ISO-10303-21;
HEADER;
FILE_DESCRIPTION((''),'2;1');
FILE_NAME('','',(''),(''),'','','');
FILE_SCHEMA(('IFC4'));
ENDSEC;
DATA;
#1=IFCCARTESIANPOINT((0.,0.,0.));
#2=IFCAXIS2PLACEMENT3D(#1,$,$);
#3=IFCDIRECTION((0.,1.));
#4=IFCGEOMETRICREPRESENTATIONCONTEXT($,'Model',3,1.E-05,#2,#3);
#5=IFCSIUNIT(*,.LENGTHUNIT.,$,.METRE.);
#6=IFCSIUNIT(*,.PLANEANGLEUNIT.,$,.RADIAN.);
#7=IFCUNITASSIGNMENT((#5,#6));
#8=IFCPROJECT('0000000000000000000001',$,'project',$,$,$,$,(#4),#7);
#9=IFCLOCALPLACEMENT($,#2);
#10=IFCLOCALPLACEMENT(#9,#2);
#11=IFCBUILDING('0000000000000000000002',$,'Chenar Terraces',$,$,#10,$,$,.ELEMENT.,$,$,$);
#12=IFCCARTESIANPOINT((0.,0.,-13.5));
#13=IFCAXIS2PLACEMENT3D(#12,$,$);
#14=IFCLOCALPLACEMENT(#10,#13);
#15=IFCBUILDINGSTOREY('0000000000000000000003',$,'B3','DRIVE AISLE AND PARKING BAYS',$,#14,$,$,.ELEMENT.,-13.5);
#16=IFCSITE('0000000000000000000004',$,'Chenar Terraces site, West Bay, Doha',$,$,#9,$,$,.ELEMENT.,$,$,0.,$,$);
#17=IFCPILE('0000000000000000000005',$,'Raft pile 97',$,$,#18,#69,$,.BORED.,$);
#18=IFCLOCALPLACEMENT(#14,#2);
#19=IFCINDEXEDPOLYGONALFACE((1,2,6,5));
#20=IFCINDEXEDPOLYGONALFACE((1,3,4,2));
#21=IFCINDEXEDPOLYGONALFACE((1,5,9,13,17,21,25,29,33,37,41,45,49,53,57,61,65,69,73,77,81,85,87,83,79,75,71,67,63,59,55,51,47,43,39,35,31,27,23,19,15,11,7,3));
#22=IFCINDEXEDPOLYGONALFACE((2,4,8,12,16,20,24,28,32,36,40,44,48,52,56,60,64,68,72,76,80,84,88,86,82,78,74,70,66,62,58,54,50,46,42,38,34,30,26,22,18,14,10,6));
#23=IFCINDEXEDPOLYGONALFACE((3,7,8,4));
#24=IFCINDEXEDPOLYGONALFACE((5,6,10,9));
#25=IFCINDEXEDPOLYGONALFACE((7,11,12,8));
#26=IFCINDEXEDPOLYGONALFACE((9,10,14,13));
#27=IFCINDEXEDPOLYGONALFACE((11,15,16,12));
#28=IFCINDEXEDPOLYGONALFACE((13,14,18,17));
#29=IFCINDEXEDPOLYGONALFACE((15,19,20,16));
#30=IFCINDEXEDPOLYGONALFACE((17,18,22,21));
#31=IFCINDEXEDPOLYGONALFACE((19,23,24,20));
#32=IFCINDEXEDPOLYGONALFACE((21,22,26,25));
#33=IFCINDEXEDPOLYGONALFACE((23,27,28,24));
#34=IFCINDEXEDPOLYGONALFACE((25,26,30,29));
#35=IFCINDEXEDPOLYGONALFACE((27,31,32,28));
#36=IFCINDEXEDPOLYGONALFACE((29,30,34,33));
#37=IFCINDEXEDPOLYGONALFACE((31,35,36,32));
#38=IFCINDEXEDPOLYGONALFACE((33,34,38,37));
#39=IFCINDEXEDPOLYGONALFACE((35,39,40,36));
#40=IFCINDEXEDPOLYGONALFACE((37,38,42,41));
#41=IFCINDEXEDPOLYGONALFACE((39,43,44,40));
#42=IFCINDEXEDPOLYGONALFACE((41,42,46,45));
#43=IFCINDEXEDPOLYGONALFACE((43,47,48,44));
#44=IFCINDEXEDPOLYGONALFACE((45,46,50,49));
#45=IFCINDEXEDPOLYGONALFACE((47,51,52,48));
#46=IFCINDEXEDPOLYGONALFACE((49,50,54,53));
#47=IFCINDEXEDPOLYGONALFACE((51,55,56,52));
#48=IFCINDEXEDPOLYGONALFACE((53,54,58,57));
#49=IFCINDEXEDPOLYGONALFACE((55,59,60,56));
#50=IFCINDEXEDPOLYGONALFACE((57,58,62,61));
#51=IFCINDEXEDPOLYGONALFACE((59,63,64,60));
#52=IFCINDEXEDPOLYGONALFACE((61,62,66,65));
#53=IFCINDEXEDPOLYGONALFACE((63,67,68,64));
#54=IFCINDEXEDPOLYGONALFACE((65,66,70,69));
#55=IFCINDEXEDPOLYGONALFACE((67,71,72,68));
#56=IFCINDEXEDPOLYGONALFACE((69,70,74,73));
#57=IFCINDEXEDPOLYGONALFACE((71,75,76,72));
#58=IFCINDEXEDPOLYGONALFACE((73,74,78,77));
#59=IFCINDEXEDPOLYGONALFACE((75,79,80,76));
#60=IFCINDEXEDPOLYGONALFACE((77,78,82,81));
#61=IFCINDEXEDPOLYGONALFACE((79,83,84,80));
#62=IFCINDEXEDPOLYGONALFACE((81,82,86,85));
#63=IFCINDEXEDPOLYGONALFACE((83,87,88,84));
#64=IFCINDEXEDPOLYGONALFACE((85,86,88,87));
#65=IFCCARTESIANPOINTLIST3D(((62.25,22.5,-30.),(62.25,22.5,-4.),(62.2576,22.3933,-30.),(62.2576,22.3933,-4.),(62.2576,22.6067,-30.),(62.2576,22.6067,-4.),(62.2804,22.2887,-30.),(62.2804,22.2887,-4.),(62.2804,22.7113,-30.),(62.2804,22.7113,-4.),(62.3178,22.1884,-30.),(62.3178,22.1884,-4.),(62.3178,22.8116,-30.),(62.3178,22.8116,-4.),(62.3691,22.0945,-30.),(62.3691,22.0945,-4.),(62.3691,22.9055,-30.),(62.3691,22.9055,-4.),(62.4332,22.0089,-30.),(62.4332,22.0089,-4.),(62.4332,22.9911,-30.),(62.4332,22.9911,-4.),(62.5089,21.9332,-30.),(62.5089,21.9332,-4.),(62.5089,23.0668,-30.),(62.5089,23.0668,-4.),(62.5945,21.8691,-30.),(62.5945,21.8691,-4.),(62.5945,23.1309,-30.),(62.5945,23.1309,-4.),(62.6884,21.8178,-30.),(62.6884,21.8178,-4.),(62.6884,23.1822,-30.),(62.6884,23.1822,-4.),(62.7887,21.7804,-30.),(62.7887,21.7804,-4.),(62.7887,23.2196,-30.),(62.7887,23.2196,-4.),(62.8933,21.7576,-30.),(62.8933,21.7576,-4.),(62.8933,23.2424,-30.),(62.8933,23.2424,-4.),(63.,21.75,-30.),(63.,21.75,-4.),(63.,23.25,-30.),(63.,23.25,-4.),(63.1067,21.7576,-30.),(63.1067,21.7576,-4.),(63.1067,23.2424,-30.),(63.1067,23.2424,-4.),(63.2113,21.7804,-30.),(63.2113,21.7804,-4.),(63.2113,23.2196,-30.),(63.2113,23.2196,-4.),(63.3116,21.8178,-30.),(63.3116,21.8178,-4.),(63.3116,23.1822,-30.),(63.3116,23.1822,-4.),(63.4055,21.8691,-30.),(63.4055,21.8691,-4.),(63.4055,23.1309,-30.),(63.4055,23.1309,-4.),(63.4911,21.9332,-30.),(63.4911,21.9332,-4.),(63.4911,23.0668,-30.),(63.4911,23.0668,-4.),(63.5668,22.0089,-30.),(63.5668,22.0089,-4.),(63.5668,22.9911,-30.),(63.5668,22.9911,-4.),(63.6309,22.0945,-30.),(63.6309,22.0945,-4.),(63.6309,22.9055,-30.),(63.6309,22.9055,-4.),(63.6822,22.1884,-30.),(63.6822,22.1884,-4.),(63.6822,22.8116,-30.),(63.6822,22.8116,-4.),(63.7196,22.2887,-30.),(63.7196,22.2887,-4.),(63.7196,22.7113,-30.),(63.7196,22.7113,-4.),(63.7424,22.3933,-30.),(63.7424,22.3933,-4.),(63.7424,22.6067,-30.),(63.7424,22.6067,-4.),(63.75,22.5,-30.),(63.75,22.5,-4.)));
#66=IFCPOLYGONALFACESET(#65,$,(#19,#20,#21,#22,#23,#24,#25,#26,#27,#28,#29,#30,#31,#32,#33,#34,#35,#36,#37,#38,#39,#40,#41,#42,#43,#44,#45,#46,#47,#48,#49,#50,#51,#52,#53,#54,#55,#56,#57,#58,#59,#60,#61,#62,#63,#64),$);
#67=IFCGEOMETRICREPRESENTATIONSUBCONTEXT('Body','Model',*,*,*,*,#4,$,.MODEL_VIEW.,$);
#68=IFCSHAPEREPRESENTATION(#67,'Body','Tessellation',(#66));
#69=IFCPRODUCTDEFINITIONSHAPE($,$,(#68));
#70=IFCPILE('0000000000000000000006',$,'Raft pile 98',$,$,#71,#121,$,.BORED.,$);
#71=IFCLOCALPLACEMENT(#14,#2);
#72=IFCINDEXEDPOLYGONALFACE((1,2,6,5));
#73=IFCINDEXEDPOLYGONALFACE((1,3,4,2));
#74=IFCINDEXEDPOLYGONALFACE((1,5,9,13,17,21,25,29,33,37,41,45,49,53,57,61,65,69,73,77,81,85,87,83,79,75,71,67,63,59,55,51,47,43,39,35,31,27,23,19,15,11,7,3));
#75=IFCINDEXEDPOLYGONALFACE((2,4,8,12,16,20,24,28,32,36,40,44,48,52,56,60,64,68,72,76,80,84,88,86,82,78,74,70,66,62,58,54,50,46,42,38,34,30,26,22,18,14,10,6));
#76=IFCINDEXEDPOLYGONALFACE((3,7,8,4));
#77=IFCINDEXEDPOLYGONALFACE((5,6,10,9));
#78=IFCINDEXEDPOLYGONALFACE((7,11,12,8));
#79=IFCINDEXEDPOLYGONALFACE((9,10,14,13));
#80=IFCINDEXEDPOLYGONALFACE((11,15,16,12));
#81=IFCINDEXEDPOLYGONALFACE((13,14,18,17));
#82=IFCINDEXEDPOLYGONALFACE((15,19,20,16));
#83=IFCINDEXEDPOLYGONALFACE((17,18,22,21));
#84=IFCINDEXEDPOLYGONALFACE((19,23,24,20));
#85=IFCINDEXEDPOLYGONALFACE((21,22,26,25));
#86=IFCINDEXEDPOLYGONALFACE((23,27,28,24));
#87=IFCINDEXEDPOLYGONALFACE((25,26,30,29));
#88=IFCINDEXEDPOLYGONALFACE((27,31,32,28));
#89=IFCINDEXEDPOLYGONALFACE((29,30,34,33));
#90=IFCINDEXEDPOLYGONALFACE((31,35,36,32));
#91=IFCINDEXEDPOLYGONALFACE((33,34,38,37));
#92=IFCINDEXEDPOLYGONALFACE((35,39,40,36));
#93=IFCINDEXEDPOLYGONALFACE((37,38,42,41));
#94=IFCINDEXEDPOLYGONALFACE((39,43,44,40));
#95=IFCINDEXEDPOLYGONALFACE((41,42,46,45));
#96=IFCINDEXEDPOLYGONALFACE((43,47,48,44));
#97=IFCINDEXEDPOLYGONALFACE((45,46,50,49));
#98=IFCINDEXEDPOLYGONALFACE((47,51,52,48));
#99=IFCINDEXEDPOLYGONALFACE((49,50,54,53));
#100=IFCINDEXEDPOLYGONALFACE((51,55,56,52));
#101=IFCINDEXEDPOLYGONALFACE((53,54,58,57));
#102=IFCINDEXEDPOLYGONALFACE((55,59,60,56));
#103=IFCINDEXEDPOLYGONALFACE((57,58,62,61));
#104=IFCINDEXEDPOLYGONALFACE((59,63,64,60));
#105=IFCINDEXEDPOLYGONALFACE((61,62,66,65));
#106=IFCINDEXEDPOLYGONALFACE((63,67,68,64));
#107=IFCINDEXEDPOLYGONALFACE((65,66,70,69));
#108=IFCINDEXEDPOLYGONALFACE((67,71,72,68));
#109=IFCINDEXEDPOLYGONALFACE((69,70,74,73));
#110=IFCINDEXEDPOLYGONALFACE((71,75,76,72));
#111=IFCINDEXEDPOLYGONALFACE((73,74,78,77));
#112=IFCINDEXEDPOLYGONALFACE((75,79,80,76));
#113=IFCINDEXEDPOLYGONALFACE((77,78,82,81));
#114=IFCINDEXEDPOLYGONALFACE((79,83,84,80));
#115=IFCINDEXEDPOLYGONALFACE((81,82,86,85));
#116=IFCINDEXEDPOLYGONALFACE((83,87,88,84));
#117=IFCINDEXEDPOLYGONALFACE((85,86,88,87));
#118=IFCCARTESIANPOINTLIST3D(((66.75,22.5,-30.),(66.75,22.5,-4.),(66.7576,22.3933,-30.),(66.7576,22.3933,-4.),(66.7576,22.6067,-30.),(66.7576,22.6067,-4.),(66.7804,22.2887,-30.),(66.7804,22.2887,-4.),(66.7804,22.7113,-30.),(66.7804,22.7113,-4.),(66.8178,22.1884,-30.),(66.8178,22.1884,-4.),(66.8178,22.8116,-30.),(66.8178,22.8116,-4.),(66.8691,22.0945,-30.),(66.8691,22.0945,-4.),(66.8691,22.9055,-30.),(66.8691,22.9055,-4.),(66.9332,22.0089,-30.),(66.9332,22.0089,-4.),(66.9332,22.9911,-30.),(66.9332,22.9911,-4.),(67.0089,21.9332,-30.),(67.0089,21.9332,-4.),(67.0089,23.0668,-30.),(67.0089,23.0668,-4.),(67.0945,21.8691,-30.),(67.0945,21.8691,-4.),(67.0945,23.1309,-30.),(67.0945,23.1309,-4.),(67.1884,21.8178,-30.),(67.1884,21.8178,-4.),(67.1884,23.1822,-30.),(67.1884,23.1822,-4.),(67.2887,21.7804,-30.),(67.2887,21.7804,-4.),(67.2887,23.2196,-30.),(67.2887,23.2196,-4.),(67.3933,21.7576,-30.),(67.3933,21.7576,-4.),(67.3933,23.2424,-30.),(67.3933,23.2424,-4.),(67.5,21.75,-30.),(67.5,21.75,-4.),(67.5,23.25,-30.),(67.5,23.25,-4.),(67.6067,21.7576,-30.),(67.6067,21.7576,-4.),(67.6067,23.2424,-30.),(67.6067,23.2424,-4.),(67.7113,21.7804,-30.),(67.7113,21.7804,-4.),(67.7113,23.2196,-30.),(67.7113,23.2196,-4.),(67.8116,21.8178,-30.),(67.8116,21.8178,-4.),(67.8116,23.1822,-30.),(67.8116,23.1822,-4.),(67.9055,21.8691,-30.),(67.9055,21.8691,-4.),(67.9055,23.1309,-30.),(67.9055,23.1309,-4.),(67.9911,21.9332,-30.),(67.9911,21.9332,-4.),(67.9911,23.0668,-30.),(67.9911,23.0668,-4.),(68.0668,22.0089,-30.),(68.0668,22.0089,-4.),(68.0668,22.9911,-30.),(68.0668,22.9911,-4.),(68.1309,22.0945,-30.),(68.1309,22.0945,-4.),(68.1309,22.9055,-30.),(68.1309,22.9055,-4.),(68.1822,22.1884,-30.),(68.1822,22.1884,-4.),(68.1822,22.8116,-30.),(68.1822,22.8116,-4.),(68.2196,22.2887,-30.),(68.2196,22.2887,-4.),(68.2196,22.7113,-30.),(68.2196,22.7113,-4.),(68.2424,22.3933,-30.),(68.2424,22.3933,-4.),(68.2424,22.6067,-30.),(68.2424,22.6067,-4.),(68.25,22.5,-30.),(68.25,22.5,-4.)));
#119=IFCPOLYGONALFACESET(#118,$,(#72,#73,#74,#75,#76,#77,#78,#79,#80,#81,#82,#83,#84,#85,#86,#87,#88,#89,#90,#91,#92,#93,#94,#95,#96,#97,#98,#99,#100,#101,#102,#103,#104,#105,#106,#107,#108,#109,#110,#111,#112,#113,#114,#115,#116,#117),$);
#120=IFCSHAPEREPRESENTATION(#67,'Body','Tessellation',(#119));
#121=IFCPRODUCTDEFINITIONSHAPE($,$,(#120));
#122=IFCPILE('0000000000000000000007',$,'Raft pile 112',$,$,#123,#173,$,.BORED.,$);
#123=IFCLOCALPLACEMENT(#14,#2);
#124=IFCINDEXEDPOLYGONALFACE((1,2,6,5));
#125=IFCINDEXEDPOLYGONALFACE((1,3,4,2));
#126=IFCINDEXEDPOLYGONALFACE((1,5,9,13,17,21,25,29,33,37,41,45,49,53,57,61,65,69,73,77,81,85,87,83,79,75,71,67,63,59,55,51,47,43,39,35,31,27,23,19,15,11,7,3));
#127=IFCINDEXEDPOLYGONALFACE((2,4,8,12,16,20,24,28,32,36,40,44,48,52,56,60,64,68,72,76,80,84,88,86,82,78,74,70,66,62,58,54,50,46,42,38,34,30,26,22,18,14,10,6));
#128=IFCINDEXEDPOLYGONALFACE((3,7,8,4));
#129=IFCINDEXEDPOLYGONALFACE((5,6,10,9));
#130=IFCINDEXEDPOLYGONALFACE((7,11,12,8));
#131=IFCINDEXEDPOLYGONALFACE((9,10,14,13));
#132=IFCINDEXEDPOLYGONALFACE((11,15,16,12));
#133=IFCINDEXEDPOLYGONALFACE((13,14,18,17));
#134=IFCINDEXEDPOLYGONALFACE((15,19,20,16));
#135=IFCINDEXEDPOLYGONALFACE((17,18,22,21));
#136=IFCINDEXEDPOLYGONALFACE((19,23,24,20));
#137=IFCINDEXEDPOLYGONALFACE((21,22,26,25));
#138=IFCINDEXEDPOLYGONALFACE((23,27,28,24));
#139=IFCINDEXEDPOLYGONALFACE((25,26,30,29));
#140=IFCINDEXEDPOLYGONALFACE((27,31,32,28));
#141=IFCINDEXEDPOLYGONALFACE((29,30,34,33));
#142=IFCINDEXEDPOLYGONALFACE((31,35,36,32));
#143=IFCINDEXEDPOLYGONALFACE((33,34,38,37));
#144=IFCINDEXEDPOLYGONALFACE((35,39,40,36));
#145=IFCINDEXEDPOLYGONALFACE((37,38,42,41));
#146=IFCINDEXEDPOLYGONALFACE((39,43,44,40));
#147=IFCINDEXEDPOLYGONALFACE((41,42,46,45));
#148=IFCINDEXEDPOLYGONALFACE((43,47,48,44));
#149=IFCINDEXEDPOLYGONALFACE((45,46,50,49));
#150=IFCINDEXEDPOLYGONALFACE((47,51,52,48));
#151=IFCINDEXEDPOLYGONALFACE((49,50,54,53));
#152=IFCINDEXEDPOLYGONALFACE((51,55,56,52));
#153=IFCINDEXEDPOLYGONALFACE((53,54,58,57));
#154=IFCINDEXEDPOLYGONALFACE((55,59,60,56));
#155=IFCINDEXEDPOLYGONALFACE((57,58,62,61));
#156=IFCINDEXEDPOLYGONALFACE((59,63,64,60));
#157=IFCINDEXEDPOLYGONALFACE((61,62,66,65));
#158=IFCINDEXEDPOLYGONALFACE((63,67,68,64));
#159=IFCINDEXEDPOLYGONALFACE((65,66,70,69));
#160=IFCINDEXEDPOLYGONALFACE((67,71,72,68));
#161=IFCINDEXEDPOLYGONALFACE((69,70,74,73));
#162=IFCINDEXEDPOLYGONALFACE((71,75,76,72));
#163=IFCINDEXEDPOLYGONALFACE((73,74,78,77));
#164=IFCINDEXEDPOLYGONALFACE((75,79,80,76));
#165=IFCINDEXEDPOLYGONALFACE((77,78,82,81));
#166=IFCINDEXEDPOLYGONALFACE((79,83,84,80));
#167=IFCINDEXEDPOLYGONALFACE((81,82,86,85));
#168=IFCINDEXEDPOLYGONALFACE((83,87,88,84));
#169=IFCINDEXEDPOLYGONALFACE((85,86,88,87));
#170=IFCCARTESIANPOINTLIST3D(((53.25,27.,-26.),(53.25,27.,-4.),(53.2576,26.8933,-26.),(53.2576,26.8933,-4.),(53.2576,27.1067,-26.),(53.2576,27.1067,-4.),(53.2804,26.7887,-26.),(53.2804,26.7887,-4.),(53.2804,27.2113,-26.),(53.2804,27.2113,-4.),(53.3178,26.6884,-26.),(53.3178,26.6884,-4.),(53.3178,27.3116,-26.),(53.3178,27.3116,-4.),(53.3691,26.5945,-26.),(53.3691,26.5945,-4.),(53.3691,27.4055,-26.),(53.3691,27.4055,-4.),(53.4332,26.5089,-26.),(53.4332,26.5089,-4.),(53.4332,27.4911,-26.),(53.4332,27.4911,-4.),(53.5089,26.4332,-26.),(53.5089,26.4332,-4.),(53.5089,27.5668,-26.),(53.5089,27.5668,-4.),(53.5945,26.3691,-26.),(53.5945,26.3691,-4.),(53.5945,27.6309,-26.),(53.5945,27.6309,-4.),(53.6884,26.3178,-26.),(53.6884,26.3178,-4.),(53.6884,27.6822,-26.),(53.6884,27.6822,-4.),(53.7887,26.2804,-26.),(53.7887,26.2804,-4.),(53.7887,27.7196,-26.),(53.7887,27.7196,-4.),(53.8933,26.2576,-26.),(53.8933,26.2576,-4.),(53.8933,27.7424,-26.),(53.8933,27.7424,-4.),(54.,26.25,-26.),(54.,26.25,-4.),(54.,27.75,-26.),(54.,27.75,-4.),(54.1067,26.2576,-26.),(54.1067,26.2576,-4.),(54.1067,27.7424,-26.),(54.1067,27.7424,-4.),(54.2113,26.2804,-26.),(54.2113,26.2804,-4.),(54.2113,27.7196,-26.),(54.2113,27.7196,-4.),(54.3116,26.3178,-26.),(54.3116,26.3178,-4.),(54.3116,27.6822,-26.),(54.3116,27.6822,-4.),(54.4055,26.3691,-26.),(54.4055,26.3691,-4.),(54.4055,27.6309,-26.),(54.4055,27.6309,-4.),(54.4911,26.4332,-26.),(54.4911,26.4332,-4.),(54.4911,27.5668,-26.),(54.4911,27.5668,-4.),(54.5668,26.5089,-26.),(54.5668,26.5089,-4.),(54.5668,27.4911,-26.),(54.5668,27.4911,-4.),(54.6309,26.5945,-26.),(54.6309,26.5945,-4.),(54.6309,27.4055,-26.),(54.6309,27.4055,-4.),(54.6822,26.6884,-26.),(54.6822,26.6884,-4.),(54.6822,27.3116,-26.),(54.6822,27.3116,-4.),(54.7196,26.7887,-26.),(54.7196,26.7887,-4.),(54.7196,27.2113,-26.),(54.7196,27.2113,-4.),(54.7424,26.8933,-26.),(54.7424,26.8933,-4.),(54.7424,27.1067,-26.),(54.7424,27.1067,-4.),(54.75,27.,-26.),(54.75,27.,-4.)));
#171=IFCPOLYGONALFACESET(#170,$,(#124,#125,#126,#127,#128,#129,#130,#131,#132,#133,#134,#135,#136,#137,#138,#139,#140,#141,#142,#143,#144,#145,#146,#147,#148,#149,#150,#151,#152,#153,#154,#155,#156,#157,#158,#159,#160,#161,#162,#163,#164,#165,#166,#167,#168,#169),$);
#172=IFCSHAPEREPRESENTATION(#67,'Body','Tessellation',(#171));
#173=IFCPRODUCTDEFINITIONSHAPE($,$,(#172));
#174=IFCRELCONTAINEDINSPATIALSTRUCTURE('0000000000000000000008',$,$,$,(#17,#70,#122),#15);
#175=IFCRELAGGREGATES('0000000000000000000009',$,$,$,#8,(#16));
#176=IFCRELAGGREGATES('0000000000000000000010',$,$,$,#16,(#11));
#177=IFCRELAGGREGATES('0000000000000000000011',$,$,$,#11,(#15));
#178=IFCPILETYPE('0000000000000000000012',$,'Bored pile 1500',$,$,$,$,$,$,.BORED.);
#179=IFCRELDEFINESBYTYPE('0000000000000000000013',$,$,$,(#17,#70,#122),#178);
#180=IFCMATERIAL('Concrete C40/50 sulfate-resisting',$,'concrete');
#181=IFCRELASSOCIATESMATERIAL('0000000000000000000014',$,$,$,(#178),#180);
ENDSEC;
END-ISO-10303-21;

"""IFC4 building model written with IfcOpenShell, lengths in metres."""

from ifc_helpers import new_model, si_unit, direction, frame, origin, origin_2d, place, context, subcontext, project, spatial, circle, extrude, material, material_profile, profile_set, type_object, element, save


model = new_model("IFC4")

# Units and contexts
model_context = context("Model", 3, precision=1e-05, world=origin(), true_north=direction((0.0, 1.0)))
body_context = subcontext(model_context, "Body", "Model", "MODEL_VIEW")
ifc_project = project(units=[si_unit("LENGTHUNIT", "METRE"), si_unit("PLANEANGLEUNIT", "RADIAN")], contexts=[model_context])

# Site, building, storey
site_placement = place(None, origin())
site = spatial("IfcSite", under=ifc_project, at=site_placement, Name="Chenar Terraces site, West Bay, Doha", CompositionType="ELEMENT", RefElevation=0.0)
building_placement = place(site_placement, origin())
building = spatial("IfcBuilding", under=site, at=building_placement, Name="Chenar Terraces", CompositionType="ELEMENT")
storey_placement = place(building_placement, frame((0.0, 0.0, -13.5)))
storey = spatial("IfcBuildingStorey", under=building, at=storey_placement, Name="B3", Description="DRIVE AISLE AND PARKING BAYS", CompositionType="ELEMENT", Elevation=-13.5)

# Piles
ifc_material_1 = material(Name="Concrete C40/50 sulfate-resisting", Category="concrete")
ifc_material_profile_1 = material_profile(ifc_material_1, circle(Radius=0.75, at=origin_2d()), Name="BP 1500")
ifc_profile_set_1 = profile_set([ifc_material_profile_1], Name="Concrete C40/50 sulfate-resisting")
pile_type_1 = type_object("IfcPileType", Name="Bored pile 1500", PredefinedType="BORED", material=ifc_profile_set_1)
for number, where, z_axis, x_axis, name in (
    (1, (63.0, 22.5, -4.0), (0.0, 0.0, -1.0), (1.0, 0.0, 0.0), "Raft pile 97"),
    (2, (67.5, 22.5, -4.0), (0.0, 0.0, -1.0), (1.0, 0.0, 0.0), "Raft pile 98"),
):
    element("IfcPile", number, at=place(storey_placement, frame(where, z_axis=z_axis, x_axis=x_axis)), inside=storey, type_object=pile_type_1, Name=name, PredefinedType="BORED", context=body_context, shape_type="SweptSolid", body=[
        extrude(circle(Radius=0.75, at=origin_2d()), origin(), (0.0, 0.0, 1.0), 26.0),
    ])
for number, where, z_axis, x_axis, name in (
    (3, (54.0, 27.0, -4.0), (0.0, 0.0, -1.0), (1.0, 0.0, 0.0), "Raft pile 112"),
):
    element("IfcPile", number, at=place(storey_placement, frame(where, z_axis=z_axis, x_axis=x_axis)), inside=storey, type_object=pile_type_1, Name=name, PredefinedType="BORED", context=body_context, shape_type="SweptSolid", body=[
        extrude(circle(Radius=0.75, at=origin_2d()), origin(), (0.0, 0.0, 1.0), 22.0),
    ])

save(model, "model.ifc")
